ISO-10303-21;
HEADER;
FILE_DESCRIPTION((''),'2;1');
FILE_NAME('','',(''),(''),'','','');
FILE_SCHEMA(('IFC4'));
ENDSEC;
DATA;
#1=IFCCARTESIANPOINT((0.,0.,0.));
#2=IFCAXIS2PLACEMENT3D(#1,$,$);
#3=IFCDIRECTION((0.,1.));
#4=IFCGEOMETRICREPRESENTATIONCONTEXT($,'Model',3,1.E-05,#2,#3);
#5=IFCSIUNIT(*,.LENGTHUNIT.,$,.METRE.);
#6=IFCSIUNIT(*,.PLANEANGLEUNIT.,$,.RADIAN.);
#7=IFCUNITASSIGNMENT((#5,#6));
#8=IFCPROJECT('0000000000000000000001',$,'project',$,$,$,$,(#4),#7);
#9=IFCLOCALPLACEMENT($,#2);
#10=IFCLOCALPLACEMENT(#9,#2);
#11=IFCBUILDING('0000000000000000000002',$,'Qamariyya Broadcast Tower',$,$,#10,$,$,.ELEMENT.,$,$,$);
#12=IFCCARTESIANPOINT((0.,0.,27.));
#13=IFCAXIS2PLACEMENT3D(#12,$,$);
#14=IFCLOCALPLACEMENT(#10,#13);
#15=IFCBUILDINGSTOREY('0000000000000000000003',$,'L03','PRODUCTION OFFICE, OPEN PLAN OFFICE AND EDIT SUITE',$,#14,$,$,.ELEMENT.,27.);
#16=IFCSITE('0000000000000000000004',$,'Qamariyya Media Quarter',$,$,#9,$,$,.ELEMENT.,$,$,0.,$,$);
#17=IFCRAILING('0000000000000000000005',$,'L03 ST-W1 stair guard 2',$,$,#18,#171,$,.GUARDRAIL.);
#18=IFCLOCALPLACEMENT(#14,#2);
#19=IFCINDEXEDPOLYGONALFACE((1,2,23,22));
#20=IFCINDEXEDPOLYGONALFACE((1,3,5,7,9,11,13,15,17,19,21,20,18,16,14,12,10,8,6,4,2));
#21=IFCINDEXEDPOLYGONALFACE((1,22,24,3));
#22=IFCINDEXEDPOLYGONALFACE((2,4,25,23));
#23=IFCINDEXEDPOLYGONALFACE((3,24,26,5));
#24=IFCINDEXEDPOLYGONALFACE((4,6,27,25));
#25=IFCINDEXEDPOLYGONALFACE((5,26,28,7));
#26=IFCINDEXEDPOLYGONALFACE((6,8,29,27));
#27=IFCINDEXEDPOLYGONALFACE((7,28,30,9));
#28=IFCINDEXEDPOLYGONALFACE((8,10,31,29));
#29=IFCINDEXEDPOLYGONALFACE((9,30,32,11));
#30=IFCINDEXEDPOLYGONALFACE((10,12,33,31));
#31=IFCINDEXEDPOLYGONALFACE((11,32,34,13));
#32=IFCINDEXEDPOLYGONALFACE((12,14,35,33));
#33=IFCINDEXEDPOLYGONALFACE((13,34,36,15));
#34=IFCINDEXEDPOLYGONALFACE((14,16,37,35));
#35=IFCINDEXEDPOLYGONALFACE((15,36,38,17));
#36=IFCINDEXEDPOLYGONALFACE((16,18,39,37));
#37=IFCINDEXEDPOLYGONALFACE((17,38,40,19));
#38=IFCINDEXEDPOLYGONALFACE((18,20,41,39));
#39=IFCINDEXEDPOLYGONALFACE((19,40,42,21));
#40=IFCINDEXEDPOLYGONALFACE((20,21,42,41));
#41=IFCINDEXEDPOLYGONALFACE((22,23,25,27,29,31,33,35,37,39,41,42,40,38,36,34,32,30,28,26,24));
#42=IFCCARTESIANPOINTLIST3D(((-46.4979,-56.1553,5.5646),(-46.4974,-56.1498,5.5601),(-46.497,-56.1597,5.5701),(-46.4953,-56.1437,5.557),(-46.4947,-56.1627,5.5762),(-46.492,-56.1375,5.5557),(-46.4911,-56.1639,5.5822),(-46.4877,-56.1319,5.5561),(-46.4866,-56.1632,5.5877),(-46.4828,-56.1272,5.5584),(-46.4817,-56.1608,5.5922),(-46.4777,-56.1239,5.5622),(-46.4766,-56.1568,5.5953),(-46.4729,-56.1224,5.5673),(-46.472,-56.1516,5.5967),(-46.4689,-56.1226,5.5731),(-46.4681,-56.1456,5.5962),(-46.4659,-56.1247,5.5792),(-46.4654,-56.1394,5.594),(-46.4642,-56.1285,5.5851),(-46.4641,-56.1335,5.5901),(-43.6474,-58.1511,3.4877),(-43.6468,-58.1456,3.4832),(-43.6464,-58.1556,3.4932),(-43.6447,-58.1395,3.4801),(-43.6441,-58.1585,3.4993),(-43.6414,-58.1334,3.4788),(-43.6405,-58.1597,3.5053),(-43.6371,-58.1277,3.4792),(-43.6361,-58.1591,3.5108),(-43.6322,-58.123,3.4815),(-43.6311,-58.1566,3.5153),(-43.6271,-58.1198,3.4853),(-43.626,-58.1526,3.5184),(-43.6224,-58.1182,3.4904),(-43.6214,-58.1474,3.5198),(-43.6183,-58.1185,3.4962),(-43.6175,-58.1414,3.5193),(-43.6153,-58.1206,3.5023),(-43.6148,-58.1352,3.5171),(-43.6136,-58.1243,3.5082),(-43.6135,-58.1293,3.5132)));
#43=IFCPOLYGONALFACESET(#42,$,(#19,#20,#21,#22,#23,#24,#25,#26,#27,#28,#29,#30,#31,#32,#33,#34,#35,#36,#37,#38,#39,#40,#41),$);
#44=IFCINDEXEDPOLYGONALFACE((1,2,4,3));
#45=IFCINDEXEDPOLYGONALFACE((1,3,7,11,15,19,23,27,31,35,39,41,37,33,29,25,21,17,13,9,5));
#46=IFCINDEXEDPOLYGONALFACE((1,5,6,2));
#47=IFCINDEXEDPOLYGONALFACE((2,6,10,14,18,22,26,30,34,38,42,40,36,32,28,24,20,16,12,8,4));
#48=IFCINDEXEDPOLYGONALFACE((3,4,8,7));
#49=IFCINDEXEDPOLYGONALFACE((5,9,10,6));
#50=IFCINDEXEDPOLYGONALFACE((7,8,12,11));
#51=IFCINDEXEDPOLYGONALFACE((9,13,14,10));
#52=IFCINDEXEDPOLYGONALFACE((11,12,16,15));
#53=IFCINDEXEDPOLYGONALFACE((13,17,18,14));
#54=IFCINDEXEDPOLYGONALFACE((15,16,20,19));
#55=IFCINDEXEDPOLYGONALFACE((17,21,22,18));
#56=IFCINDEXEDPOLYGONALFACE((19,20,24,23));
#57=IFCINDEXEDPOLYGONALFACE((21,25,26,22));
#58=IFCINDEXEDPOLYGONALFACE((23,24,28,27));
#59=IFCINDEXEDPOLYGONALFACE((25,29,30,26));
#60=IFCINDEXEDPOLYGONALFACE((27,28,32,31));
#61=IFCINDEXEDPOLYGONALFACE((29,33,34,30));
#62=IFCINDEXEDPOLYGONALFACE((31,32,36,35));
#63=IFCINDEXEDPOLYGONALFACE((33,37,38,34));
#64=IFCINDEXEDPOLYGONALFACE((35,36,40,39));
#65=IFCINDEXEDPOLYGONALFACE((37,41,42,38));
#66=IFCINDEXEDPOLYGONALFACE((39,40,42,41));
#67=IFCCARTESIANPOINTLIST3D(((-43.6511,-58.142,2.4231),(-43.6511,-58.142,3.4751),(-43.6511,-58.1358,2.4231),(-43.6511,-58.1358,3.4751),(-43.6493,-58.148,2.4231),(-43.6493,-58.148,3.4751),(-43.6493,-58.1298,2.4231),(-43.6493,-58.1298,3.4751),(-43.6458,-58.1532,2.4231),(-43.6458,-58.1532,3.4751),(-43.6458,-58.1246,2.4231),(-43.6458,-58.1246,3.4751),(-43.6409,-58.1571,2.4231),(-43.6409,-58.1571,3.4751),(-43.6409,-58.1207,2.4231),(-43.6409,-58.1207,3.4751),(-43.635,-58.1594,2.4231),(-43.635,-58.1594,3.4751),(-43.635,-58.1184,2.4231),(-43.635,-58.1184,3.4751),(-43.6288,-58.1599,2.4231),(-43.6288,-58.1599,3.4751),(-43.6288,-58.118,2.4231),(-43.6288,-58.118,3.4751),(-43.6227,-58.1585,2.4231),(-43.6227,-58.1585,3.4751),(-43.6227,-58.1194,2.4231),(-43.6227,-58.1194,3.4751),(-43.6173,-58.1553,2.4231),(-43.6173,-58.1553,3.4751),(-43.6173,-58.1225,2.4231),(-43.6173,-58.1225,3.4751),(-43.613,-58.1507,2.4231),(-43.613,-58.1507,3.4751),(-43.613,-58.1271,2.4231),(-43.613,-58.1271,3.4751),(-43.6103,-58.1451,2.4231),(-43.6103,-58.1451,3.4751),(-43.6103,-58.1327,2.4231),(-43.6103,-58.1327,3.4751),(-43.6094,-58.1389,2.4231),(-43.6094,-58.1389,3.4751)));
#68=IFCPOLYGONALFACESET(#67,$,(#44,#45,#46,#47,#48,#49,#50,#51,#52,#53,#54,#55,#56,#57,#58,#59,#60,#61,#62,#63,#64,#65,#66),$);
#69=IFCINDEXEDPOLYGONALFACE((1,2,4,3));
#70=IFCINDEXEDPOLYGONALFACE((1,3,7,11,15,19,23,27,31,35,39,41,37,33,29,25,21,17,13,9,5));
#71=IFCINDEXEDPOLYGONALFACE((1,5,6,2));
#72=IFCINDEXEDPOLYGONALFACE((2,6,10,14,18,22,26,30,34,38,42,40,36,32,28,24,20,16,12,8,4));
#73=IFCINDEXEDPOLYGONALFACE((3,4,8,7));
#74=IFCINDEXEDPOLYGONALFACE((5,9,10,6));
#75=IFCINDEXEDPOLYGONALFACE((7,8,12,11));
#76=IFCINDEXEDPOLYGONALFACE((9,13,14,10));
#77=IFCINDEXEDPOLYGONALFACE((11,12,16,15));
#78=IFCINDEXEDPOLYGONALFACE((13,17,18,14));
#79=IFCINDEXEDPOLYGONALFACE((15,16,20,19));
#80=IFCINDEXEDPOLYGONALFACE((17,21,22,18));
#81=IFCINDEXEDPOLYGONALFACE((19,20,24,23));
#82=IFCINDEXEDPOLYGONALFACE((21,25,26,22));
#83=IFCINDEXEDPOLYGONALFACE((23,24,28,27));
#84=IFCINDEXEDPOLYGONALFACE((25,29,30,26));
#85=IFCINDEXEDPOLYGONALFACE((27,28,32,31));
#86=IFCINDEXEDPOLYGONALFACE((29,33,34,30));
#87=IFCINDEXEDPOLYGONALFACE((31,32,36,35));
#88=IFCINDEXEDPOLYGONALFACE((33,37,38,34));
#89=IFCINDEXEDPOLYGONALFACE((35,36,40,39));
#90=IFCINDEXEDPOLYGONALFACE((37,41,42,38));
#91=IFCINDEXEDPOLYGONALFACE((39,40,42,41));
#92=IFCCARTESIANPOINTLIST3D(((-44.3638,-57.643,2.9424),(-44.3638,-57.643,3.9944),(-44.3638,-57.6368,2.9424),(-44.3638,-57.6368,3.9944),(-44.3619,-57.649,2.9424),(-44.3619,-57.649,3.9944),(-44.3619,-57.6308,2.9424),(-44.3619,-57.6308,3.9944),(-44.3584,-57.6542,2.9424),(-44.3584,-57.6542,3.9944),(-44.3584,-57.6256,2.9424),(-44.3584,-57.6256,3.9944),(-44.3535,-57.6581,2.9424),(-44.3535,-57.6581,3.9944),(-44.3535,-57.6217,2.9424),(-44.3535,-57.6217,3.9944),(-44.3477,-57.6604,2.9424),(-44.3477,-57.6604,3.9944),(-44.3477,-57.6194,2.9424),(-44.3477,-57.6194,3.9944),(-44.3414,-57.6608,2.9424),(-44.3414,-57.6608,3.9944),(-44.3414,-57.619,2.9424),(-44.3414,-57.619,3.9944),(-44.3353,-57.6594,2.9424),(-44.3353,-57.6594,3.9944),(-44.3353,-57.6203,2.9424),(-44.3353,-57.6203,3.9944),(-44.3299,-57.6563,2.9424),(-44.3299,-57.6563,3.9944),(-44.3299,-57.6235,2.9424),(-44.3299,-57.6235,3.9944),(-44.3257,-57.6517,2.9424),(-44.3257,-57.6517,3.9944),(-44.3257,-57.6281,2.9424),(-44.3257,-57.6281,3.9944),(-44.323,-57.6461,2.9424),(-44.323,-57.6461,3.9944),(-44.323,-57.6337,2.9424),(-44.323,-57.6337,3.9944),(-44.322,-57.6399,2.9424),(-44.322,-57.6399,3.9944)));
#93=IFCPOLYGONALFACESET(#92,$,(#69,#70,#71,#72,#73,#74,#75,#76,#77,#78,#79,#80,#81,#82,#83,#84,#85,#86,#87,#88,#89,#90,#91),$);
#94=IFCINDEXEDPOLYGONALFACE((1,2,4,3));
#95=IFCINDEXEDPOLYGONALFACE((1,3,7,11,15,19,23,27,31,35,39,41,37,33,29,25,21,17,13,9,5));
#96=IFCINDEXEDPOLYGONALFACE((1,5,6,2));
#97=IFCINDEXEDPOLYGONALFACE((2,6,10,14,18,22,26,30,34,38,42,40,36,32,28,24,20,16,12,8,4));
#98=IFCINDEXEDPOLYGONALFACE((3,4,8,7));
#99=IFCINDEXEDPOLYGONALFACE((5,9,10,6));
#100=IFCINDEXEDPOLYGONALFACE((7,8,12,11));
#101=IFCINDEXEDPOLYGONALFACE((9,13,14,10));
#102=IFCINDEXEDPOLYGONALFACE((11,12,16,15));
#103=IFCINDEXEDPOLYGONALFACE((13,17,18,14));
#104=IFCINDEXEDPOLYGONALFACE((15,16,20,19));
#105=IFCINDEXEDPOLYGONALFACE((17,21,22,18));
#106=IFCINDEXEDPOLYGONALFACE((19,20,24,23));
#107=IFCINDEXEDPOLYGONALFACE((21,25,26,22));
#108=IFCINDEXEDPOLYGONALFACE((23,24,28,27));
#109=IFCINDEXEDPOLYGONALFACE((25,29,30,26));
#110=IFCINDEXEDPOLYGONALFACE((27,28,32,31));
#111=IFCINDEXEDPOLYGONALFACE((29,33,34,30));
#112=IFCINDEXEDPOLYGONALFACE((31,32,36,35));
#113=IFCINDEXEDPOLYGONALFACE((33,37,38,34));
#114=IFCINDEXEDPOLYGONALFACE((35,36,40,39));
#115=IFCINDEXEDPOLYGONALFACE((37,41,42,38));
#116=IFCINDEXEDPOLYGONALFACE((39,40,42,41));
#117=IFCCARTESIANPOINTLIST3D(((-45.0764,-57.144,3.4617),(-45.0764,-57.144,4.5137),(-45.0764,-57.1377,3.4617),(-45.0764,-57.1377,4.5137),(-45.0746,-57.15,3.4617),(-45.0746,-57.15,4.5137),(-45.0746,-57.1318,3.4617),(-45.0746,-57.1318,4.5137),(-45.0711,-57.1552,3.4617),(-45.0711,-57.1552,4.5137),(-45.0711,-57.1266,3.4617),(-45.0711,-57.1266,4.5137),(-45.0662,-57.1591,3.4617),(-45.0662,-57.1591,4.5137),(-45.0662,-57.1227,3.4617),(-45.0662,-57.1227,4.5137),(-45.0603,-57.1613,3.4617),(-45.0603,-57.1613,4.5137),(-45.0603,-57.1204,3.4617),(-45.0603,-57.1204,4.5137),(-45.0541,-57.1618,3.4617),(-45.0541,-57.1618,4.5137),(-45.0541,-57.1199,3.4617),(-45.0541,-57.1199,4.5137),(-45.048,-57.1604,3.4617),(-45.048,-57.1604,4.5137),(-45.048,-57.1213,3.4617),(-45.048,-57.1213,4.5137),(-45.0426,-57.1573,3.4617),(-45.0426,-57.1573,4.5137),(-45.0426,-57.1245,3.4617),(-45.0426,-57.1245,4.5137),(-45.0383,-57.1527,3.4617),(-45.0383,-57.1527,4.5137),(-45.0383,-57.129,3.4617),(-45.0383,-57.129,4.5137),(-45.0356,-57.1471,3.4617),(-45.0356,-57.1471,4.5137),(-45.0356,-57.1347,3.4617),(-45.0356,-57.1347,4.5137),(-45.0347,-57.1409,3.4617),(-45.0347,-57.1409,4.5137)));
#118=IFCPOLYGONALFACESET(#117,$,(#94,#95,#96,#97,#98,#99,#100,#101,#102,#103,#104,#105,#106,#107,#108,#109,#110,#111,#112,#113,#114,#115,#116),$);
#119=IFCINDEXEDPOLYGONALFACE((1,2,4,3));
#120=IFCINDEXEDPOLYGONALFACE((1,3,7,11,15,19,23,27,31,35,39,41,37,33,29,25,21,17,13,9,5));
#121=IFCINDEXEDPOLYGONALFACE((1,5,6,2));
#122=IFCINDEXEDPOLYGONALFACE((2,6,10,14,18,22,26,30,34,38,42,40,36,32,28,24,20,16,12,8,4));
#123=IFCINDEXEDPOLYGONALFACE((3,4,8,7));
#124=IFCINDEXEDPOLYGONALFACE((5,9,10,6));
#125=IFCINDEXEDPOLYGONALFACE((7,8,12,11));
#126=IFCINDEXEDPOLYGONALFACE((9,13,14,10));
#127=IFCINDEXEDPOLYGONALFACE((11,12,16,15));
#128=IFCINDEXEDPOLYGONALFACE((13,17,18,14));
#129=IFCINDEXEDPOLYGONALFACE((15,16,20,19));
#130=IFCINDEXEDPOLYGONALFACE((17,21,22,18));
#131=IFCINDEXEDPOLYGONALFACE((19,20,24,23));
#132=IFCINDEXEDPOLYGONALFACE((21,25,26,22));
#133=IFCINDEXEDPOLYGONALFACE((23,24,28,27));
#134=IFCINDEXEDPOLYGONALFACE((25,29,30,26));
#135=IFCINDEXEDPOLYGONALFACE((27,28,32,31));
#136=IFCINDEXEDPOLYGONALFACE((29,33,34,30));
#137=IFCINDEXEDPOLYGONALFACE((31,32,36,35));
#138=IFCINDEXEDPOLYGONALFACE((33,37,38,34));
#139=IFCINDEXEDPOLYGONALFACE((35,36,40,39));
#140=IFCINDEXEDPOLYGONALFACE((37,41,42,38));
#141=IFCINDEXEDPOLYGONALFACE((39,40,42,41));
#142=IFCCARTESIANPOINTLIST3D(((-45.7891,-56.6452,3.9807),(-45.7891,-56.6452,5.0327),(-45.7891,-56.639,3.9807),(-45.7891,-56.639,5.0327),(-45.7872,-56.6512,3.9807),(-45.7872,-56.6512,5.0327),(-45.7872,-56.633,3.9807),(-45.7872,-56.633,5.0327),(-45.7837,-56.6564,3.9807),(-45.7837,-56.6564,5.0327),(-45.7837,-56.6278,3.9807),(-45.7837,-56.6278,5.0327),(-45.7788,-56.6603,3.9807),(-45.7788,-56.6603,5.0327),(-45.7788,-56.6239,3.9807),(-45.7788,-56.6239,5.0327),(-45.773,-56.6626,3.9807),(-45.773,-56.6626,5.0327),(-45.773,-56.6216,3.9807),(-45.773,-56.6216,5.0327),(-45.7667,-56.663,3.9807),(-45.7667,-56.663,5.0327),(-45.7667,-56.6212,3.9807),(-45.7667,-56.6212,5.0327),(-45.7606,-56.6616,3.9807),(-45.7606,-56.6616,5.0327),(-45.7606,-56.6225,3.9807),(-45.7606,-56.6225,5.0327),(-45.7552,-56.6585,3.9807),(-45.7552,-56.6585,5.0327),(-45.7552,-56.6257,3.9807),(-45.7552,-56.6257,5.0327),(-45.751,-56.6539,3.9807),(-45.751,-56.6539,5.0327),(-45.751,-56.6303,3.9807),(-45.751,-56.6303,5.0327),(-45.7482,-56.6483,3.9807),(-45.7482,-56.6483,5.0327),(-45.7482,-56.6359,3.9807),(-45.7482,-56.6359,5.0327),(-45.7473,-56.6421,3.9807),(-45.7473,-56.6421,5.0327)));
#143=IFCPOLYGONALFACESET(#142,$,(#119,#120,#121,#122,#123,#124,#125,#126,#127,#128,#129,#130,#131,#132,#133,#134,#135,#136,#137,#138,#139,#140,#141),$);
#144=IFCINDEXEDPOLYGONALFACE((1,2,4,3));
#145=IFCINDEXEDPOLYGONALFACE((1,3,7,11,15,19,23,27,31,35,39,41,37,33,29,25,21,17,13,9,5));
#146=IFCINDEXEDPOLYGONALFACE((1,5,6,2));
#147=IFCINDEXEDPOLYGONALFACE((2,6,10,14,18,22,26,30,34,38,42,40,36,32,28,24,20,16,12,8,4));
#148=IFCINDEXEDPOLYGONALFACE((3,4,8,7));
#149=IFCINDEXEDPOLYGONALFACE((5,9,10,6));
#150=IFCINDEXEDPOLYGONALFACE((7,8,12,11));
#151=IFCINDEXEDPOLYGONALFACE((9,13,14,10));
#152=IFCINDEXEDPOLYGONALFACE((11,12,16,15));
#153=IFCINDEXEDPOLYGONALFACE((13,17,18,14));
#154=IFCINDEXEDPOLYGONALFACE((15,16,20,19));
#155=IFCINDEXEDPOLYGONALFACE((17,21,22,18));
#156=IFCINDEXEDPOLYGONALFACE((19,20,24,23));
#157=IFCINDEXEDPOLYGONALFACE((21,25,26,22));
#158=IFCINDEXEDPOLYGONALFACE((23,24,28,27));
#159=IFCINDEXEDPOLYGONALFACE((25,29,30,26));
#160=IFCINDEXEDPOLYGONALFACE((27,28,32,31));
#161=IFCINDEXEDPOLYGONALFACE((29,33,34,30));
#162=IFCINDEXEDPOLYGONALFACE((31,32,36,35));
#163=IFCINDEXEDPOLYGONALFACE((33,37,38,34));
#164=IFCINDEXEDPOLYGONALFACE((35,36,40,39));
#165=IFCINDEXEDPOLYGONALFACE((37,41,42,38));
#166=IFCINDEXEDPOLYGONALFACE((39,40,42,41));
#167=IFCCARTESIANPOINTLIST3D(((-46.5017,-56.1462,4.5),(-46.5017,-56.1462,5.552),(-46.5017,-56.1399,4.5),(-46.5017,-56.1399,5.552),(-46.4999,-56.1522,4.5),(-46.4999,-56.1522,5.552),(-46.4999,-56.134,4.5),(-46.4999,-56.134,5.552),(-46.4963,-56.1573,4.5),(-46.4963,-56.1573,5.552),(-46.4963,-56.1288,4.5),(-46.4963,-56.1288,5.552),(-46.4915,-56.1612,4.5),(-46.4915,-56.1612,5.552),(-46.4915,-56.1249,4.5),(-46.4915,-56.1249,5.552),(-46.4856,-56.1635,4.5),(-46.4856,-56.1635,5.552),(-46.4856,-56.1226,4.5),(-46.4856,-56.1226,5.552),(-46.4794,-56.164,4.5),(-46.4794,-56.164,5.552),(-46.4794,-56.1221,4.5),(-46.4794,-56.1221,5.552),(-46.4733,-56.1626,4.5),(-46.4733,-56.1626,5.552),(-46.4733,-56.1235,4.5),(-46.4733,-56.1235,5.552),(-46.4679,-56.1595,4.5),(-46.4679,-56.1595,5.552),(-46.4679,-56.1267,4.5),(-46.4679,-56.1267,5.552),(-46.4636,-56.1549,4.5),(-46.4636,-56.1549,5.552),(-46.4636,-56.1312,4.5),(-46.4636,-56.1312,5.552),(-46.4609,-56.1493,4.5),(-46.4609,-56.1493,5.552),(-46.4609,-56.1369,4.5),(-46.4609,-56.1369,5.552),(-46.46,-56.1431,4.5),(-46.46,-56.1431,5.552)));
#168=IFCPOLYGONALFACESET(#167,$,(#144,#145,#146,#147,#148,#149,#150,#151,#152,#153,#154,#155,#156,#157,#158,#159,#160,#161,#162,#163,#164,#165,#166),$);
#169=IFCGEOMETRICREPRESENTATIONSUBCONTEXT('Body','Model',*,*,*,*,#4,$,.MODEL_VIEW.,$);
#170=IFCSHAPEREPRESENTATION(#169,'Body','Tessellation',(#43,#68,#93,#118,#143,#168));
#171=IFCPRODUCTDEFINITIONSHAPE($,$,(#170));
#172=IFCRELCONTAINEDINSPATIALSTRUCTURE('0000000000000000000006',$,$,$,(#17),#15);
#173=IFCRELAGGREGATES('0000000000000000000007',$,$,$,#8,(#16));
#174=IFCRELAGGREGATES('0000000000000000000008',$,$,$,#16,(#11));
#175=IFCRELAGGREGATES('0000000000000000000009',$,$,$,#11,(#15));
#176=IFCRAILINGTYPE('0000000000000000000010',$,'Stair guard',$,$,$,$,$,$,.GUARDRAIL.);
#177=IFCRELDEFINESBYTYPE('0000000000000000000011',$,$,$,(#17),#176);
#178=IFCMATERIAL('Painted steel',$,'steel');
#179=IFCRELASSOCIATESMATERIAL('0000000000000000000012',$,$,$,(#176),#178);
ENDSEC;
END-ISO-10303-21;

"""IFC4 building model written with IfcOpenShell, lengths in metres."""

from ifc_helpers import new_model, si_unit, direction, frame, origin, origin_2d, place, context, subcontext, project, spatial, circle, extrude, material, type_object, element, save


model = new_model("IFC4")

# Units and contexts
model_context = context("Model", 3, precision=1e-05, world=origin(), true_north=direction((0.0, 1.0)))
body_context = subcontext(model_context, "Body", "Model", "MODEL_VIEW")
ifc_project = project(units=[si_unit("LENGTHUNIT", "METRE"), si_unit("PLANEANGLEUNIT", "RADIAN")], contexts=[model_context])

# Site, building, storey
site_placement = place(None, origin())
site = spatial("IfcSite", under=ifc_project, at=site_placement, Name="Qamariyya Media Quarter", CompositionType="ELEMENT", RefElevation=0.0)
building_placement = place(site_placement, origin())
building = spatial("IfcBuilding", under=site, at=building_placement, Name="Qamariyya Broadcast Tower", CompositionType="ELEMENT")
storey_placement = place(building_placement, frame((0.0, 0.0, 27.0)))
storey = spatial("IfcBuildingStorey", under=building, at=storey_placement, Name="L03", Description="PRODUCTION OFFICE, OPEN PLAN OFFICE AND EDIT SUITE", CompositionType="ELEMENT", Elevation=27.0)

# Railing
ifc_material_1 = material(Name="Painted steel", Category="steel")
railing_type_1 = type_object("IfcRailingType", Name="Stair guard", PredefinedType="GUARDRAIL", material=ifc_material_1)
railing_1_placement = place(storey_placement, frame((-43.6304, -58.1389, 2.4231)))
element("IfcRailing", 1, at=railing_1_placement, inside=storey, type_object=railing_type_1, Name="L03 ST-W1 stair guard 2", PredefinedType="GUARDRAIL", context=body_context, shape_type="SweptSolid", body=[
    extrude(circle(Radius=0.0239, at=origin_2d()), frame((0.0, 0.0, 1.0762), z_axis=(-0.703414, 0.492498, 0.512499), x_axis=(-0.573547, -0.819173, 0.0)), (0.0, 0.0, 1.0), 4.0525),
    extrude(circle(Radius=0.021, at=origin_2d()), origin(), (0.0, 0.0, 1.0), 1.052),
    extrude(circle(Radius=0.021, at=origin_2d()), frame((-0.7126, 0.499, 0.5193)), (0.0, 0.0, 1.0), 1.052),
    extrude(circle(Radius=0.021, at=origin_2d()), frame((-1.4253, 0.998, 1.0386)), (0.0, 0.0, 1.0), 1.052),
    extrude(circle(Radius=0.021, at=origin_2d()), frame((-2.1379, 1.4968, 1.5576)), (0.0, 0.0, 1.0), 1.052),
    extrude(circle(Radius=0.021, at=origin_2d()), frame((-2.8506, 1.9958, 2.0769)), (0.0, 0.0, 1.0), 1.052),
])

save(model, "model.ifc")
